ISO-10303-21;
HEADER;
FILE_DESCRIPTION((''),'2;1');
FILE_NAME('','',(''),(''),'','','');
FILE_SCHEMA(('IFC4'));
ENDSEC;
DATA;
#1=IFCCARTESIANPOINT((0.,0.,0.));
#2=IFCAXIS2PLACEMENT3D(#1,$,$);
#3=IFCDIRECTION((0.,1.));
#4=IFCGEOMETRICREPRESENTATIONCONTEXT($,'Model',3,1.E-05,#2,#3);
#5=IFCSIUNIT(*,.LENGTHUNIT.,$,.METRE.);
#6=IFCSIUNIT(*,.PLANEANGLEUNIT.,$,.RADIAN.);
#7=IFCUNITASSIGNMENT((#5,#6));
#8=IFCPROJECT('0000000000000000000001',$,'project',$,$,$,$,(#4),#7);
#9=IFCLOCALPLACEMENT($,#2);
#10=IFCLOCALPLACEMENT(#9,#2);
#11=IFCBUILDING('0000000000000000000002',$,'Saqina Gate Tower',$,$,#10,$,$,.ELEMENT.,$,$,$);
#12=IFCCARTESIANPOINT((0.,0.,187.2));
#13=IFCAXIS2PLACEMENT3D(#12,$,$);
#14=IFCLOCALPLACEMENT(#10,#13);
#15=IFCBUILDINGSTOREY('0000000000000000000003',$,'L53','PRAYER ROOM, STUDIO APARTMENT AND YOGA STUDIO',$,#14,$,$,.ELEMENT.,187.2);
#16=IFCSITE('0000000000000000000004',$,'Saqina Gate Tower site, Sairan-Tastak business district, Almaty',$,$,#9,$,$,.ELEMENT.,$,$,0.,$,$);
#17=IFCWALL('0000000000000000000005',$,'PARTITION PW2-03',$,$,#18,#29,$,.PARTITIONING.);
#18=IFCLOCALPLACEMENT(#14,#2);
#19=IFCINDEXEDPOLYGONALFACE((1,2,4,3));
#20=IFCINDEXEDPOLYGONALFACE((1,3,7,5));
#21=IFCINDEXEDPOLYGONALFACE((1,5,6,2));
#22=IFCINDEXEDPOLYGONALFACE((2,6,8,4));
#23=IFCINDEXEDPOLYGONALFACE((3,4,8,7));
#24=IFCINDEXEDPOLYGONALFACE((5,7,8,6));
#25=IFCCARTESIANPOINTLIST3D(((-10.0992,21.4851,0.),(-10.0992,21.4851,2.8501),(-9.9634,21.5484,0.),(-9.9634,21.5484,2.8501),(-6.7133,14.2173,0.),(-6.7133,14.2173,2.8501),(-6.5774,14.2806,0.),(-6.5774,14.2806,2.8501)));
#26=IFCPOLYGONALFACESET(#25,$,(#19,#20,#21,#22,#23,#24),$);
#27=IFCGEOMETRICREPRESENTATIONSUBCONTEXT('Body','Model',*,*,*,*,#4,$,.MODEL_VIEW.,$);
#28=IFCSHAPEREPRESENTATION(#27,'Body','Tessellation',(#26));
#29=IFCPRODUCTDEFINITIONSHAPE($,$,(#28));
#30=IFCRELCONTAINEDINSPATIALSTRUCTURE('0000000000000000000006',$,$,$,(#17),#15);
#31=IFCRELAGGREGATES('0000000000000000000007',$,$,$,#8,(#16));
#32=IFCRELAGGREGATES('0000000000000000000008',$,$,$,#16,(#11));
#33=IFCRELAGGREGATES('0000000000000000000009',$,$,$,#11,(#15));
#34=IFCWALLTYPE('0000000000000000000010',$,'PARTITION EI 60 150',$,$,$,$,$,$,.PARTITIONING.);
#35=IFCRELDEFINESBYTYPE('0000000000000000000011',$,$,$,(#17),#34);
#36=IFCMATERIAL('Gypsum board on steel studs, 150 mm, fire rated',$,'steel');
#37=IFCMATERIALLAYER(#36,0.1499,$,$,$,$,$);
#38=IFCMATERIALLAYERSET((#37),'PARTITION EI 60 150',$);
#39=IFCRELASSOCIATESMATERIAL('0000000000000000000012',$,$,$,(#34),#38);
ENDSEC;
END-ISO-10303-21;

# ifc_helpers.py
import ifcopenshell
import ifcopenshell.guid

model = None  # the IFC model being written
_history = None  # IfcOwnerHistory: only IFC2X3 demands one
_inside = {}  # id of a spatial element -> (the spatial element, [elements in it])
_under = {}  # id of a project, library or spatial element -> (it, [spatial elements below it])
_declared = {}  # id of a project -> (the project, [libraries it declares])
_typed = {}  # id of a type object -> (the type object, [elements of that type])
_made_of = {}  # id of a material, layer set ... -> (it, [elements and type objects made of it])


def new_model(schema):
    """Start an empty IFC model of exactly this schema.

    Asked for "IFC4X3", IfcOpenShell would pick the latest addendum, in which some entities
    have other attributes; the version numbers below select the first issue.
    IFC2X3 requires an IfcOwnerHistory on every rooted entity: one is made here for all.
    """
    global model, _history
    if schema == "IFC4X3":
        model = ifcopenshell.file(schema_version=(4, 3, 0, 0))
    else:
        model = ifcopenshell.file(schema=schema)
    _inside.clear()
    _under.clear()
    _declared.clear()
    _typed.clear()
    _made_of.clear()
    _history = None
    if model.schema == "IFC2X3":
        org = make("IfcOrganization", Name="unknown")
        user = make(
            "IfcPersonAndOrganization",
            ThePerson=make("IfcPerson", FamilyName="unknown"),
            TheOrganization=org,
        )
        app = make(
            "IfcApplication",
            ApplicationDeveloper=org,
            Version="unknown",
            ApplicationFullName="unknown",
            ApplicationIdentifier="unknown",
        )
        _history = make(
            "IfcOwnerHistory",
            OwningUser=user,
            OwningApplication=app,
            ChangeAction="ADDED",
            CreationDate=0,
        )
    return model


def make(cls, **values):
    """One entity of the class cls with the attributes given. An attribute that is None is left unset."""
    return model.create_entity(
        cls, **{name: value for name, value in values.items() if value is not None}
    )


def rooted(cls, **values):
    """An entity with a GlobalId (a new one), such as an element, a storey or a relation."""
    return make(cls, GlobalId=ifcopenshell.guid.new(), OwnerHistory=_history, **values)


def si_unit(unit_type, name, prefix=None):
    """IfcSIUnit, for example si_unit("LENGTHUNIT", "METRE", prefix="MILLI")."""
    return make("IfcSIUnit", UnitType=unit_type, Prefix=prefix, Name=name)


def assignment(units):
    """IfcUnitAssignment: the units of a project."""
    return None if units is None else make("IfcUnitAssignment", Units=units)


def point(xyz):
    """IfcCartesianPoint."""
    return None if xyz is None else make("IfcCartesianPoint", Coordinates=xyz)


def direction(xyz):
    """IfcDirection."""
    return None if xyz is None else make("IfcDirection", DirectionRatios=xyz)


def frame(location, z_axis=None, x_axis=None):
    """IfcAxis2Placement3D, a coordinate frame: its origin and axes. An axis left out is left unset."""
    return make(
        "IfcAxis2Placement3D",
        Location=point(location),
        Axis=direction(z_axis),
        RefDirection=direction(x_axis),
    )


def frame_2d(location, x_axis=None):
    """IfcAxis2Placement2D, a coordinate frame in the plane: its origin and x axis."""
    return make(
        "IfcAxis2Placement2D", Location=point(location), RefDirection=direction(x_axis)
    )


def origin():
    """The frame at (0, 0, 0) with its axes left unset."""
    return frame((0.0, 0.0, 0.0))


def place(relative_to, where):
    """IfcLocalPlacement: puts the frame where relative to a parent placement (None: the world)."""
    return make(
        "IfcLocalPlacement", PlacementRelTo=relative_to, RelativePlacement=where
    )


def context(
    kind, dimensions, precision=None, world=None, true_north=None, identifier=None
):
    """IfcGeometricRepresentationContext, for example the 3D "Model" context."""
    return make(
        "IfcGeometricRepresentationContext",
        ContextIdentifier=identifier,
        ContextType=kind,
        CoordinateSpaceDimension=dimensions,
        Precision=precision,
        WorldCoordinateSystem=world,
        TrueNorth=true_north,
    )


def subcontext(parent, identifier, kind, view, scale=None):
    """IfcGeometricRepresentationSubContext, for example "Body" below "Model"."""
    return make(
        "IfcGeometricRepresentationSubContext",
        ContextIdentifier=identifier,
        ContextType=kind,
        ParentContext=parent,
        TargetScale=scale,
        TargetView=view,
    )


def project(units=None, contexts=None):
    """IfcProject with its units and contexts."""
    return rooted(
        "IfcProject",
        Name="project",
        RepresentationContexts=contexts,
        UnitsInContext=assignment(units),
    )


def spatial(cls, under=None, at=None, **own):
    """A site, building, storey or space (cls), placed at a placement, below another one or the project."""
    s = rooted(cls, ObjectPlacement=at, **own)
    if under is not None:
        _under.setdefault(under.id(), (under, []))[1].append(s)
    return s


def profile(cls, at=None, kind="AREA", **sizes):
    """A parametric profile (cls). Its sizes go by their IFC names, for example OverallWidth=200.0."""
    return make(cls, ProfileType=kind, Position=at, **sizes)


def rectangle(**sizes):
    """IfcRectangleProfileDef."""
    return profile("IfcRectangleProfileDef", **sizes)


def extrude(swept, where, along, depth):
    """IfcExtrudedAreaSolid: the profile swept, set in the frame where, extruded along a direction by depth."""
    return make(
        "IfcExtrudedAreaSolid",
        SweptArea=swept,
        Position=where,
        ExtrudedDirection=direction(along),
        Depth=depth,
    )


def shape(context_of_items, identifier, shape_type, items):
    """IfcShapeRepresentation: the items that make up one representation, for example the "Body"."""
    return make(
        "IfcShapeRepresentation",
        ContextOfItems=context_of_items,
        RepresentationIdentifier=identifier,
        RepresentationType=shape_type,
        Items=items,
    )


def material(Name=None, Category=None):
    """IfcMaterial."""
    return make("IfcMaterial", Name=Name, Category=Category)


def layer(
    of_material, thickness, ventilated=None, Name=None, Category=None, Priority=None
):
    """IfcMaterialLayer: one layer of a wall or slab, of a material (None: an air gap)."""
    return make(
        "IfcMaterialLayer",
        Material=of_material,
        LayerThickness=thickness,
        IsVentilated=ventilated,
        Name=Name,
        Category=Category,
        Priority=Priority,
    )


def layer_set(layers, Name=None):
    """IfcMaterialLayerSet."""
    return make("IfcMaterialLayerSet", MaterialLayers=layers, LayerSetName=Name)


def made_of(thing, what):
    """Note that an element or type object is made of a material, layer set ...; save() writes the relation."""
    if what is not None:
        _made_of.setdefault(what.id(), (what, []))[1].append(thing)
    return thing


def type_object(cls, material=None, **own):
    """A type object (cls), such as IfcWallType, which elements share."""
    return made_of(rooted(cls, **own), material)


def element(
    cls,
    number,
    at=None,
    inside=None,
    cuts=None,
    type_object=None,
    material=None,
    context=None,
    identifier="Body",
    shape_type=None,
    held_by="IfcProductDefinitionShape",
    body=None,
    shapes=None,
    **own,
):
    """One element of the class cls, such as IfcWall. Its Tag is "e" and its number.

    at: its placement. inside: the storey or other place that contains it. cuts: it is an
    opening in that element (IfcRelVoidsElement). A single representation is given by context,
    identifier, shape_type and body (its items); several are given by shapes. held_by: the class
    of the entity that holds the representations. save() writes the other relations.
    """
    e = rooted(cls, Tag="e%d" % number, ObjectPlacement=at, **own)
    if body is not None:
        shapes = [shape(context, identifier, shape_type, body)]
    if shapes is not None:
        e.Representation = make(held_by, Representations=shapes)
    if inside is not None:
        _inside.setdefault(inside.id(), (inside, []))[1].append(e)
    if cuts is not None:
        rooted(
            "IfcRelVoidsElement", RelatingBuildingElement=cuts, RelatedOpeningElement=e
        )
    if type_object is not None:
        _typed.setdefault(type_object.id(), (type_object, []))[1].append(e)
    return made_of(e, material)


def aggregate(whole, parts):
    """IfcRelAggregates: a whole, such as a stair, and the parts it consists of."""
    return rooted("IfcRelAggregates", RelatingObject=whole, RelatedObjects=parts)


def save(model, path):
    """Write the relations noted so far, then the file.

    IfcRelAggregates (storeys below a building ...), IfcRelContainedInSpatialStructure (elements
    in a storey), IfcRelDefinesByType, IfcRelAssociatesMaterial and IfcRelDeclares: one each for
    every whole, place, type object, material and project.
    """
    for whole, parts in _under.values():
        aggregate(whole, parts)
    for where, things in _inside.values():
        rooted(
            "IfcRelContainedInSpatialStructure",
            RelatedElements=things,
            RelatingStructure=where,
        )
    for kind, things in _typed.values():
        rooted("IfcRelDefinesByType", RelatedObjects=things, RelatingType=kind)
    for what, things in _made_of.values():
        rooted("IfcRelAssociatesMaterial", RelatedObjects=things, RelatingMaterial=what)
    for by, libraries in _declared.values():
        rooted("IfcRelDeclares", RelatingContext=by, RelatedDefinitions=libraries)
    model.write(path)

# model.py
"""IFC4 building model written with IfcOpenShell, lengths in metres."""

from ifc_helpers import new_model, si_unit, direction, frame, frame_2d, origin, place, context, subcontext, project, spatial, rectangle, extrude, material, layer, layer_set, type_object, element, save


model = new_model("IFC4")

# Units and contexts
model_context = context("Model", 3, precision=1e-05, world=origin(), true_north=direction((0.0, 1.0)))
body_context = subcontext(model_context, "Body", "Model", "MODEL_VIEW")
ifc_project = project(units=[si_unit("LENGTHUNIT", "METRE"), si_unit("PLANEANGLEUNIT", "RADIAN")], contexts=[model_context])

# Site, building, storey
site_placement = place(None, origin())
site = spatial("IfcSite", under=ifc_project, at=site_placement, Name="Saqina Gate Tower site, Sairan-Tastak business district, Almaty", CompositionType="ELEMENT", RefElevation=0.0)
building_placement = place(site_placement, origin())
building = spatial("IfcBuilding", under=site, at=building_placement, Name="Saqina Gate Tower", CompositionType="ELEMENT")
storey_placement = place(building_placement, frame((0.0, 0.0, 187.2)))
storey = spatial("IfcBuildingStorey", under=building, at=storey_placement, Name="L53", Description="PRAYER ROOM, STUDIO APARTMENT AND YOGA STUDIO", CompositionType="ELEMENT", Elevation=187.2)

# Wall
ifc_material_1 = material(Name="Gypsum board on steel studs, 150 mm, fire rated", Category="steel")
ifc_layer_1 = layer(ifc_material_1, 0.1499)
ifc_layer_set_1 = layer_set([ifc_layer_1], Name="PARTITION EI 60 150")
wall_type_1 = type_object("IfcWallType", Name="PARTITION EI 60 150", PredefinedType="PARTITIONING", material=ifc_layer_set_1)
wall_1_placement = place(storey_placement, frame((-10.0312, 21.5166, 0.0), z_axis=(0.0, 0.0, 1.0), x_axis=(0.422305, -0.906454, 0.0)))
element("IfcWall", 1, at=wall_1_placement, inside=storey, type_object=wall_type_1, Name="PARTITION PW2-03", PredefinedType="PARTITIONING", context=body_context, shape_type="SweptSolid", body=[
    extrude(rectangle(XDim=8.0178, YDim=0.1499, at=frame_2d((4.0088, 0.0))), origin(), (0.0, 0.0, 1.0), 2.8501),
])

save(model, "model.ifc")
